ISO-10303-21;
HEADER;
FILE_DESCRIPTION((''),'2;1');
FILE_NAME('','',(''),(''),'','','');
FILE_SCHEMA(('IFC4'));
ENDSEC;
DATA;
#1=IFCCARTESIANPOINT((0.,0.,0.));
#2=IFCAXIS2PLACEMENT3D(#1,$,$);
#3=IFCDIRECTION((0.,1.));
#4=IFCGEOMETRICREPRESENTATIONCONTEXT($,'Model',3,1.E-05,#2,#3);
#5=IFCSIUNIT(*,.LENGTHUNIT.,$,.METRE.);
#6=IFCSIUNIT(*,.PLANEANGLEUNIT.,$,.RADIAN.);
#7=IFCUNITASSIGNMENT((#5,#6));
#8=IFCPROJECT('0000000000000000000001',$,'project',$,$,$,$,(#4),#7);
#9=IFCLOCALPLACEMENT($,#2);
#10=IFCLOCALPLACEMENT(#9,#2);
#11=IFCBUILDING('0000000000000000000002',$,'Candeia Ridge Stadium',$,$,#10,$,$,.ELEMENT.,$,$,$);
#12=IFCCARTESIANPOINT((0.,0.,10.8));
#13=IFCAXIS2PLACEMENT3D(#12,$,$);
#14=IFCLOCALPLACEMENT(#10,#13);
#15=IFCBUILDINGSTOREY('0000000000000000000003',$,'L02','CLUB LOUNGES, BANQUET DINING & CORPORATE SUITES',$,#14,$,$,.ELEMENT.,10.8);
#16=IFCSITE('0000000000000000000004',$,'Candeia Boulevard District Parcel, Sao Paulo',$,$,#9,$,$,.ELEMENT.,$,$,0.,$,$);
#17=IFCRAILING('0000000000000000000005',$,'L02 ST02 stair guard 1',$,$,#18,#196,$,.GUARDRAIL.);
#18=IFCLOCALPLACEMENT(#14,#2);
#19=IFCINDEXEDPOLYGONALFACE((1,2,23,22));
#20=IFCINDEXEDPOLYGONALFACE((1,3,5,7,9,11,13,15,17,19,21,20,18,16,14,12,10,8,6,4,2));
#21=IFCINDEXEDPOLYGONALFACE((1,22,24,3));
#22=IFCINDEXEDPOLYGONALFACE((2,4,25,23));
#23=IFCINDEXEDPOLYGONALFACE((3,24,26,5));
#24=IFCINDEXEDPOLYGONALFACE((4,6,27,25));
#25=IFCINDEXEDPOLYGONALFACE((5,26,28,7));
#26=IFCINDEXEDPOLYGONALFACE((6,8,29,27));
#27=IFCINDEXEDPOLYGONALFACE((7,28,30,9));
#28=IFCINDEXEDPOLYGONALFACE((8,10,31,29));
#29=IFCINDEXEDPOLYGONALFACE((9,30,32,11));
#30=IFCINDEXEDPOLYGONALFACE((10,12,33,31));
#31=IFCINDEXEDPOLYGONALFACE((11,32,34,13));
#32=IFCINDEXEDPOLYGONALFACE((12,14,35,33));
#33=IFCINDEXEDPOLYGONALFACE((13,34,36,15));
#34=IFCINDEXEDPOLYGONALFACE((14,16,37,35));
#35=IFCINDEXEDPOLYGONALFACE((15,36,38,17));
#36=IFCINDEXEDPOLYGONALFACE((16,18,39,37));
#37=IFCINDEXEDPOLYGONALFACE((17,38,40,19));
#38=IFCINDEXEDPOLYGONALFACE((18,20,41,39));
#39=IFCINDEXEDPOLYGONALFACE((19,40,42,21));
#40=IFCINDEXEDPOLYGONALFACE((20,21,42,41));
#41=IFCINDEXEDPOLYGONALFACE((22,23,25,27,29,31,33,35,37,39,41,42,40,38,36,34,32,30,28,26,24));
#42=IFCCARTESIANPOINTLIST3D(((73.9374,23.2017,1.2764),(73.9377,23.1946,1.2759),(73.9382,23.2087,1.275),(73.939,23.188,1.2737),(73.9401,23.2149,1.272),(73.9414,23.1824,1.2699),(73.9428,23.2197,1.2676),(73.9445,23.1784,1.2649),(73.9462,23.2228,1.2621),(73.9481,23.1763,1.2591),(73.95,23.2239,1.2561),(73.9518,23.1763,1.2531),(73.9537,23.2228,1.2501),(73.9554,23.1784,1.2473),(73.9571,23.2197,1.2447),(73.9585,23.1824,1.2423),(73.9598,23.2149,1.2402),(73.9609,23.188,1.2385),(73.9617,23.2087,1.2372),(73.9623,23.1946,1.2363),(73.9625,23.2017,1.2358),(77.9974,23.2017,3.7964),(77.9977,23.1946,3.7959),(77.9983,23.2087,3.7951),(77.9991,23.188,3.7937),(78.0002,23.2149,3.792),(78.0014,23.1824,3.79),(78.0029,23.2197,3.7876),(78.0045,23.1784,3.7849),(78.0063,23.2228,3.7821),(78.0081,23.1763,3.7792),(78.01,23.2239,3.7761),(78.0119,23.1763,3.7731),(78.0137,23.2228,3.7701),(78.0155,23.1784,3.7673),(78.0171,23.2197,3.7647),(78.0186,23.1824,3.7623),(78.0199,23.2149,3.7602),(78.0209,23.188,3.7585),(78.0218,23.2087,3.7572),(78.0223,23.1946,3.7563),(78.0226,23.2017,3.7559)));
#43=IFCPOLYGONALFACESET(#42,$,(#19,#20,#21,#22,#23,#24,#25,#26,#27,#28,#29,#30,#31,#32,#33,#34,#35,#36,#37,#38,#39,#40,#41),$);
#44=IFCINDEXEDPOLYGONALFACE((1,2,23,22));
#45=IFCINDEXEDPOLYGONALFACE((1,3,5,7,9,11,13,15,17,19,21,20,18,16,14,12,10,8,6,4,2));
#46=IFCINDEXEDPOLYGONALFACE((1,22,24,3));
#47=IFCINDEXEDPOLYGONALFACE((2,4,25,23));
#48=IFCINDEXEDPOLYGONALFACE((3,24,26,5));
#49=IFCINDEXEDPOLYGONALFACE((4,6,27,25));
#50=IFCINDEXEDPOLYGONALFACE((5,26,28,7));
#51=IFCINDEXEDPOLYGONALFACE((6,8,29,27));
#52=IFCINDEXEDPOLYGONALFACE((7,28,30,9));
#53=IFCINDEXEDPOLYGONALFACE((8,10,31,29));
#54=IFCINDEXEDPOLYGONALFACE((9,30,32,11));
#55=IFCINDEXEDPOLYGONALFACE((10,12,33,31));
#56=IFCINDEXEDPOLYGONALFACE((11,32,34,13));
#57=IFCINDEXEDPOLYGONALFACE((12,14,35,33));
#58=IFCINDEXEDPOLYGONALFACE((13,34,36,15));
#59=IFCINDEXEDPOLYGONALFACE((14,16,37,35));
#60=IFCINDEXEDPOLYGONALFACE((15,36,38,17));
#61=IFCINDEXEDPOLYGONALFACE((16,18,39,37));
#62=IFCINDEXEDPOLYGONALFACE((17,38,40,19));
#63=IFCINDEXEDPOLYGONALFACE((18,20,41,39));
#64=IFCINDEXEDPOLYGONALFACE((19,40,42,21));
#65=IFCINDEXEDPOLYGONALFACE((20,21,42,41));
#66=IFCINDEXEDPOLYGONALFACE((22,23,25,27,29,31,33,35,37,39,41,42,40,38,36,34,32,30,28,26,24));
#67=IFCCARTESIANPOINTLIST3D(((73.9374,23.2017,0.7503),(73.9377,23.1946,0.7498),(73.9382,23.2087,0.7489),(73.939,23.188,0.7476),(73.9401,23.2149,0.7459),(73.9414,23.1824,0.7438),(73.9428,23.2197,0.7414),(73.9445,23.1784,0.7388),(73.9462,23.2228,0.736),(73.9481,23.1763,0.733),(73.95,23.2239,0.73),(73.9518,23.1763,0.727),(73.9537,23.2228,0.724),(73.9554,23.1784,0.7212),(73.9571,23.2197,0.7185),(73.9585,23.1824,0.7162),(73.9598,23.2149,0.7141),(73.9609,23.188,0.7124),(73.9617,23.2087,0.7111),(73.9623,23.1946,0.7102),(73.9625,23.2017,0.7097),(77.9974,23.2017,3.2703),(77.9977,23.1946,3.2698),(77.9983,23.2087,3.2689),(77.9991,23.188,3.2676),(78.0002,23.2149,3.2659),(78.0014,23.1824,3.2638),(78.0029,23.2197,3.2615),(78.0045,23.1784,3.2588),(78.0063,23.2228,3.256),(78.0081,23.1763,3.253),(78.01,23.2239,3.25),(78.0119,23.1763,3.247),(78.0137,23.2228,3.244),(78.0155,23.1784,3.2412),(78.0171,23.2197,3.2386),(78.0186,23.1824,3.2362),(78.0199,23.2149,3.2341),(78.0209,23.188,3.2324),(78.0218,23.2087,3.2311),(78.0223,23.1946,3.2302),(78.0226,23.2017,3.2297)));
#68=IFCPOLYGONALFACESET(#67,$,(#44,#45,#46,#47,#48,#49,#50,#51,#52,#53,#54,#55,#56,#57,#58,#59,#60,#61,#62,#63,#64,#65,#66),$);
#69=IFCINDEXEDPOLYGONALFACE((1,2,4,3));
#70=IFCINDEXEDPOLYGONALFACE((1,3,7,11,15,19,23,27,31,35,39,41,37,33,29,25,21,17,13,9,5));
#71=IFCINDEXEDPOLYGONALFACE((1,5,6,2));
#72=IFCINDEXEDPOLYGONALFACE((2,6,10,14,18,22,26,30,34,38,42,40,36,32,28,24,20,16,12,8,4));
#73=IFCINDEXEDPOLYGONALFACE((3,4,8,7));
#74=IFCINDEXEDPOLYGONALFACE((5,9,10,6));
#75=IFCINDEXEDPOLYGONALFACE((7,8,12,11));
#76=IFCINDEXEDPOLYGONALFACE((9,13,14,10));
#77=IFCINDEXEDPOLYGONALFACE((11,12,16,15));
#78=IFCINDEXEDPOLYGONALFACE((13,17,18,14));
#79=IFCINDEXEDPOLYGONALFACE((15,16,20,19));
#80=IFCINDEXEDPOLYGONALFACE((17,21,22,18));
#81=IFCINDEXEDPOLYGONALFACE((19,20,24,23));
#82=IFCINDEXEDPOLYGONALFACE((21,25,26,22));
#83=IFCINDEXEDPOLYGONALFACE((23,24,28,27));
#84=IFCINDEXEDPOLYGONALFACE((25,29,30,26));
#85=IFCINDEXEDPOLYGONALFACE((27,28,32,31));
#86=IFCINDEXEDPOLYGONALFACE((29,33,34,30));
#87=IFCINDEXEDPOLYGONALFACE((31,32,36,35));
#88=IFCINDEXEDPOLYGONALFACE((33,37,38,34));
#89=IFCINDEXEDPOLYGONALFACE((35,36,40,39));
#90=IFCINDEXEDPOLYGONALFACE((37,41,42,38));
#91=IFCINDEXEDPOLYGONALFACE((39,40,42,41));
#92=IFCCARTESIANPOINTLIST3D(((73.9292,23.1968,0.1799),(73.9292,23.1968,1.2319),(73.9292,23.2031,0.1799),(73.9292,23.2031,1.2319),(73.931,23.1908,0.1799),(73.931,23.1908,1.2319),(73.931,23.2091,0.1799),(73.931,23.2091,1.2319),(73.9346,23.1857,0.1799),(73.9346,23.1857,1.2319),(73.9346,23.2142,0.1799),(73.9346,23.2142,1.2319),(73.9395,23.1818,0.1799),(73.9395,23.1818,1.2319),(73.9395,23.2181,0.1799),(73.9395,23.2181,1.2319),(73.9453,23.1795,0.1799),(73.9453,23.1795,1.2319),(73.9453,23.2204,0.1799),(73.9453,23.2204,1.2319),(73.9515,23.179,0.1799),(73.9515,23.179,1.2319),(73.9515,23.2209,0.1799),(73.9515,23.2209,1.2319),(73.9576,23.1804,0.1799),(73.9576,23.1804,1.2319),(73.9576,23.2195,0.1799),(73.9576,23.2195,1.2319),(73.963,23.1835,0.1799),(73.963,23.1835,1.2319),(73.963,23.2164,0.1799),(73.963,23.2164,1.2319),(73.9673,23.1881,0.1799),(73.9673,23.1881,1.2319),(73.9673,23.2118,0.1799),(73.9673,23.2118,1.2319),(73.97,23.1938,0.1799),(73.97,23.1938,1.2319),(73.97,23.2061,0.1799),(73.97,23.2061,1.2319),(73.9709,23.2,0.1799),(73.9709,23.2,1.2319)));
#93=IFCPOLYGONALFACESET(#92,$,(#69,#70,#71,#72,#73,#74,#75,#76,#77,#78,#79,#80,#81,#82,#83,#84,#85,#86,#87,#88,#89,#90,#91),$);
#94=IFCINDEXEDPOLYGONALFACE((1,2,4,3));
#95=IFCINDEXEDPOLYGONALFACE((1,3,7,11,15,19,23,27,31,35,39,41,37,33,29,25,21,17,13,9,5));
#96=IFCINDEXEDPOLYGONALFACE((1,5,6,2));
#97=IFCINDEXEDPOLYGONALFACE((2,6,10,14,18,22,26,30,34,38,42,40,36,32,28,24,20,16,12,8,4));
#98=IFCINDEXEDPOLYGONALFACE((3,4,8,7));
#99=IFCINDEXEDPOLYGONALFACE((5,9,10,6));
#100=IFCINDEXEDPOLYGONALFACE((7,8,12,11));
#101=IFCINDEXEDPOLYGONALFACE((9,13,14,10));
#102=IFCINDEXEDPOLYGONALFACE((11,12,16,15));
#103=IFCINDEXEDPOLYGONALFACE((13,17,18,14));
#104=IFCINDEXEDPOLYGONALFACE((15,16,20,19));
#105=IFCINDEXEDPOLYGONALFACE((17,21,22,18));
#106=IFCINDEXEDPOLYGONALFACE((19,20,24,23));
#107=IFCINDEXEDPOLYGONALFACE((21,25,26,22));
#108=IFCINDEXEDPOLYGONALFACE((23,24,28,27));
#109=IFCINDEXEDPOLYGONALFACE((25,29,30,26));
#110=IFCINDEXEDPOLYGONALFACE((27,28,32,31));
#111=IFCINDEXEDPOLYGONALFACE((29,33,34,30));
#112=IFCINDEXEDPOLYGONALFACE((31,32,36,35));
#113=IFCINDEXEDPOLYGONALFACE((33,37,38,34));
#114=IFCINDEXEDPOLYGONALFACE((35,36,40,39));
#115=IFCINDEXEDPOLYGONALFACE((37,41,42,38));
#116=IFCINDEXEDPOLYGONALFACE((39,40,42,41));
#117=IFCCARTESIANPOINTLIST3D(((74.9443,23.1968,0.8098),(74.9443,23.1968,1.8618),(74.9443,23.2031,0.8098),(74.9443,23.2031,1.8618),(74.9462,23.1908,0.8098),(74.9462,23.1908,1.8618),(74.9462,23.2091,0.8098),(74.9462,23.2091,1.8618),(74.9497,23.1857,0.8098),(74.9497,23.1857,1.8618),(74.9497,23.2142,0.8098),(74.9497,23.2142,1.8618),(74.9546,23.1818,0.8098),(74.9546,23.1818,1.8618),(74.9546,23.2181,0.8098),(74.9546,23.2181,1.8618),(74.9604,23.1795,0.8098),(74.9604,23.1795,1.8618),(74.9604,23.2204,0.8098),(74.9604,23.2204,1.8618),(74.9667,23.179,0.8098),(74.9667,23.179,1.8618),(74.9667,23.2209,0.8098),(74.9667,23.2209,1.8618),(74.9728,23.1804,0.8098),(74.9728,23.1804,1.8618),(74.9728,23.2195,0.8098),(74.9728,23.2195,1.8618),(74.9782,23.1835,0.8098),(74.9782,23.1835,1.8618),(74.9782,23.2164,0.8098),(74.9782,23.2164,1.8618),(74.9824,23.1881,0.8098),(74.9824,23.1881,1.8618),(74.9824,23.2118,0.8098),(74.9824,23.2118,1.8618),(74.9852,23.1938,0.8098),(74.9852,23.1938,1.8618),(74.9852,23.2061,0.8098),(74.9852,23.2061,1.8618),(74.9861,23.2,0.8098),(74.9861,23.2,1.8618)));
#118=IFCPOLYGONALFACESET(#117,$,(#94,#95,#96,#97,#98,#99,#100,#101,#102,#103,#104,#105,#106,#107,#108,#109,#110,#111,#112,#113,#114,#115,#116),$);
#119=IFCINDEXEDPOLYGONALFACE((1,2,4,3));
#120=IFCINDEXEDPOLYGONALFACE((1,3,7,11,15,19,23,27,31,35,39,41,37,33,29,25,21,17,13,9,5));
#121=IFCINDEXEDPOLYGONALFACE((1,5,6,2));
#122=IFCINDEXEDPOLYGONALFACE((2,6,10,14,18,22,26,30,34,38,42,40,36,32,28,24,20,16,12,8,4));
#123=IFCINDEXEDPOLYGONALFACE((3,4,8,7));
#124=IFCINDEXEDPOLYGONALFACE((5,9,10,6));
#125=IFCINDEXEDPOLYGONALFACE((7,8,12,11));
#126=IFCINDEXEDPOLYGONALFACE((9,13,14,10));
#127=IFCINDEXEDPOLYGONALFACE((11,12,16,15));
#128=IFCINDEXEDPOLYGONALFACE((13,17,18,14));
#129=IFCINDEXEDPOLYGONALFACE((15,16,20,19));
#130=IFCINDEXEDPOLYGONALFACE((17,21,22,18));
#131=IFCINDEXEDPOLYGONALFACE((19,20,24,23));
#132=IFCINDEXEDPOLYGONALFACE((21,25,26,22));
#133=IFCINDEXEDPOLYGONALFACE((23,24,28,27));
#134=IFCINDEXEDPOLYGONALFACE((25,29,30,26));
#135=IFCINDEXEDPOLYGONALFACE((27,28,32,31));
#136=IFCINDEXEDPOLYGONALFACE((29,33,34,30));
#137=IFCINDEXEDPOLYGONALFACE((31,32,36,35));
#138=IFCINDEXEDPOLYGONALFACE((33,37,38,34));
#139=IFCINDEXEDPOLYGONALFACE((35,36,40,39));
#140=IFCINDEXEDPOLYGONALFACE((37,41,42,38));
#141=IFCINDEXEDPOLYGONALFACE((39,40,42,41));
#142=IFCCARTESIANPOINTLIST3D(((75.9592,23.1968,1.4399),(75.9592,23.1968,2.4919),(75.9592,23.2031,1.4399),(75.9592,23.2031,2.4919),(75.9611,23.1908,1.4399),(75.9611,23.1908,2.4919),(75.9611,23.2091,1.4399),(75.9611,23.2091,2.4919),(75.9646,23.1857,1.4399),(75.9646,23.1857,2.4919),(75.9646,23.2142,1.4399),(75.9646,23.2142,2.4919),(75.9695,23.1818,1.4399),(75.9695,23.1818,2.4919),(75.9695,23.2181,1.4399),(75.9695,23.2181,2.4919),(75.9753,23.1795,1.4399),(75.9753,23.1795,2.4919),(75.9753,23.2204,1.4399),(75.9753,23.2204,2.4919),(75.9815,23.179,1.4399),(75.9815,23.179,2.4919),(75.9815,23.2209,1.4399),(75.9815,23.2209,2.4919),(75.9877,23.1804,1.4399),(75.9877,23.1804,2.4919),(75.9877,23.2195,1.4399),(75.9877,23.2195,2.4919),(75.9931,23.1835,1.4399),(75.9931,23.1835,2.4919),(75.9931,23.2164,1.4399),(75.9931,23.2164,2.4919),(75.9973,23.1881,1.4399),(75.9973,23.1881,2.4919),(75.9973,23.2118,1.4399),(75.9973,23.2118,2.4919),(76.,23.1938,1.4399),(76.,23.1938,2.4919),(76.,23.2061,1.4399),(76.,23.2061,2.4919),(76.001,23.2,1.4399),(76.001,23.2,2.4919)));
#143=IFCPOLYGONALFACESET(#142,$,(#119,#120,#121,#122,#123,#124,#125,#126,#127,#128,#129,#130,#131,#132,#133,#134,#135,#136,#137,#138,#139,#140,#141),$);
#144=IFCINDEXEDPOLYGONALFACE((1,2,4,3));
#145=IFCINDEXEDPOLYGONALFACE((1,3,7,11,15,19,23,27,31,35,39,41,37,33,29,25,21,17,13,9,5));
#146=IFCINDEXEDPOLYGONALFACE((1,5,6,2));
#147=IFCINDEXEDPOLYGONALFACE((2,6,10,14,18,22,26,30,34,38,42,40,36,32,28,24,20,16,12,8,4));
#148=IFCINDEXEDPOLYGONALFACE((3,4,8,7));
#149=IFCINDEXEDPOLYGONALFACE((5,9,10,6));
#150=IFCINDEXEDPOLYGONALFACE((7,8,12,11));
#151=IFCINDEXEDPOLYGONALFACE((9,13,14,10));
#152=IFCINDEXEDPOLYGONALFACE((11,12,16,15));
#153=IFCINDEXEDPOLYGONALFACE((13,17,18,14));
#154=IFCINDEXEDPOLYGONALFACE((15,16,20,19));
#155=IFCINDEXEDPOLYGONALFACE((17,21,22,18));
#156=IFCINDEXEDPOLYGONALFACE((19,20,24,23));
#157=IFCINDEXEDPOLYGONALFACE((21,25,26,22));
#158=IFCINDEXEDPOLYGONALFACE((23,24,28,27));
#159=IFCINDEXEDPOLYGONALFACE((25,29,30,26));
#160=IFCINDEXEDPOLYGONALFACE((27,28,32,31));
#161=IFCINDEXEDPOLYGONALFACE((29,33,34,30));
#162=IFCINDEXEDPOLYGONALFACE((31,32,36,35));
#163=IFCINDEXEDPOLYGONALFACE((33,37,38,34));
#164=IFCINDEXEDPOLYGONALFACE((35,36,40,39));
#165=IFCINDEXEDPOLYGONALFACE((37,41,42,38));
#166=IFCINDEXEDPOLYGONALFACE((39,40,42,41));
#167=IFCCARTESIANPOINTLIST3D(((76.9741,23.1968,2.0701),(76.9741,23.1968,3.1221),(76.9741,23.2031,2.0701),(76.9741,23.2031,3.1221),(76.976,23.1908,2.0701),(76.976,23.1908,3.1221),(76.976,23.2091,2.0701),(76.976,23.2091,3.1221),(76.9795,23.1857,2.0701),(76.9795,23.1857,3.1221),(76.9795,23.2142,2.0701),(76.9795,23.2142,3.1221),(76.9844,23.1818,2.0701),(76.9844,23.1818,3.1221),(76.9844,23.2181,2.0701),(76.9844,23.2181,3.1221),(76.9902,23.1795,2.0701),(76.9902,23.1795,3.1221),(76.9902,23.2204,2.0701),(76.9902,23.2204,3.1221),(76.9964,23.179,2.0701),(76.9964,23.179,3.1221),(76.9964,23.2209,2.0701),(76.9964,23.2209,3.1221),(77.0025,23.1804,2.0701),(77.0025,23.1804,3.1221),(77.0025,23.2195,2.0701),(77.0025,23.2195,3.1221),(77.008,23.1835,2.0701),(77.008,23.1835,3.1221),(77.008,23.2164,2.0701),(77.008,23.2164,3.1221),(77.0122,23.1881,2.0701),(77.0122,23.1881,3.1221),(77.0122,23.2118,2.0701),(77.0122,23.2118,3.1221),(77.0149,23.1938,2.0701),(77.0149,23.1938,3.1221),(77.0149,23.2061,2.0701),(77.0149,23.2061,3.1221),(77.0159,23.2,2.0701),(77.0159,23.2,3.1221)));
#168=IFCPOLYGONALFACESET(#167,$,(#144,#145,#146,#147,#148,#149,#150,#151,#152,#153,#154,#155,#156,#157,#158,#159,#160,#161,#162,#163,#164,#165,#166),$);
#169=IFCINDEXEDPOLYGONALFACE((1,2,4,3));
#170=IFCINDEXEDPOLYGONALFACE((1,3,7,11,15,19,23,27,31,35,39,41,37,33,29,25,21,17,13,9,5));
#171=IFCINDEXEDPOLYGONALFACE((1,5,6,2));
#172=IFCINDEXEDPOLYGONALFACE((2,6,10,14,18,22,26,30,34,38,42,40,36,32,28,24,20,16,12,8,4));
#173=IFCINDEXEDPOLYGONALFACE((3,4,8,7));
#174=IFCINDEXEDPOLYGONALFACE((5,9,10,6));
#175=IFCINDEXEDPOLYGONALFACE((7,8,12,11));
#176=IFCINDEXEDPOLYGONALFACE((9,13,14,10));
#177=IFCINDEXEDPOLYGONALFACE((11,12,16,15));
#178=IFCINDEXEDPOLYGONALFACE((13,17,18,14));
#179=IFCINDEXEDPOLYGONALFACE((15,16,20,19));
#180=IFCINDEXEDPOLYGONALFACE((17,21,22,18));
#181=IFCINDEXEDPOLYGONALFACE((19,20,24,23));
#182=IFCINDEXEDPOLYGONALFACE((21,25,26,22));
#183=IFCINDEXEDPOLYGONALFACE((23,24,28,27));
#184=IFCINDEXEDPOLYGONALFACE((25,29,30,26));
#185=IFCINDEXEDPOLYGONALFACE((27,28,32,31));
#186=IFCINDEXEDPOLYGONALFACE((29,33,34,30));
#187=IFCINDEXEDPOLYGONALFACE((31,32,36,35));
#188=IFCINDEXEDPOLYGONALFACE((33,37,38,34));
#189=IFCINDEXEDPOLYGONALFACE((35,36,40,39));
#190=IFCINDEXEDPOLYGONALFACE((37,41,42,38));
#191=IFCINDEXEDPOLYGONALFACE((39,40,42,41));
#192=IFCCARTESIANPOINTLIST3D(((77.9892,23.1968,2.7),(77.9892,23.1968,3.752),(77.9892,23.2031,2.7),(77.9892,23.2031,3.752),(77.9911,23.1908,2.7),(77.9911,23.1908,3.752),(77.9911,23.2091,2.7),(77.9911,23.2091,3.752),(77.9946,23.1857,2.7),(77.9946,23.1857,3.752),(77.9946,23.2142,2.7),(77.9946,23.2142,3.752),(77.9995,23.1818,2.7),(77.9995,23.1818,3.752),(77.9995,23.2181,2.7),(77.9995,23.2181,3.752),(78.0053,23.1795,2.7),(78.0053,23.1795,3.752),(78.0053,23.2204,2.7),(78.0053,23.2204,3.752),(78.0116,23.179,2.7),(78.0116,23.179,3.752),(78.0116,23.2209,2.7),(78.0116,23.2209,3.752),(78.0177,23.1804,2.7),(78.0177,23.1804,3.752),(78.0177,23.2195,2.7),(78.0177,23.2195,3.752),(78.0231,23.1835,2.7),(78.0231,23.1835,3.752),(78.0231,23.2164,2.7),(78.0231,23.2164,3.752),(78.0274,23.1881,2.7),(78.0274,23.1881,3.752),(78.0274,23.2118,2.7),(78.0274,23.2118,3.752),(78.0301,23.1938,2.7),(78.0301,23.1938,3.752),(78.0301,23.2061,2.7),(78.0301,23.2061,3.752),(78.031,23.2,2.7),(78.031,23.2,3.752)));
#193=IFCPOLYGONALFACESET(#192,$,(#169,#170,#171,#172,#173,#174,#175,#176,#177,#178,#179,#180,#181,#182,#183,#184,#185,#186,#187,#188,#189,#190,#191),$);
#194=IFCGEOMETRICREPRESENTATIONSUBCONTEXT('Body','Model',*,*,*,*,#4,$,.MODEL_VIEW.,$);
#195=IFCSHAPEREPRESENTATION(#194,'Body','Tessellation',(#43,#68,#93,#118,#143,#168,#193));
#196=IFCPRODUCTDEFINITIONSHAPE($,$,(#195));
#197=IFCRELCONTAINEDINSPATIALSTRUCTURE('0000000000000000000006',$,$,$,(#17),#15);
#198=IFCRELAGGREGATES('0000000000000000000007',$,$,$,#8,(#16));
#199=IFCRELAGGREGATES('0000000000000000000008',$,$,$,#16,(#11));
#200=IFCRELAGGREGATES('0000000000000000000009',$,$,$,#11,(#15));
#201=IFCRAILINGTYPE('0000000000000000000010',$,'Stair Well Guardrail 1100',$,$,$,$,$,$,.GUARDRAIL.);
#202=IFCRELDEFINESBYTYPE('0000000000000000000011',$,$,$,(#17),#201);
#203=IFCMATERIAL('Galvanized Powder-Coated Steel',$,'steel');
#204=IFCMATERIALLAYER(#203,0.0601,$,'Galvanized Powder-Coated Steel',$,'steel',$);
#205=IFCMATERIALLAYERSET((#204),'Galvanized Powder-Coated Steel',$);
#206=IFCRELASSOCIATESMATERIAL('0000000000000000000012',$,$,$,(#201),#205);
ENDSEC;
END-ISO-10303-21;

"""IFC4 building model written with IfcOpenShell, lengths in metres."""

from ifc_helpers import new_model, si_unit, direction, frame, origin, origin_2d, place, context, subcontext, project, spatial, circle, extrude, material, layer, layer_set, type_object, element, save


model = new_model("IFC4")

# Units and contexts
model_context = context("Model", 3, precision=1e-05, world=origin(), true_north=direction((0.0, 1.0)))
body_context = subcontext(model_context, "Body", "Model", "MODEL_VIEW")
ifc_project = project(units=[si_unit("LENGTHUNIT", "METRE"), si_unit("PLANEANGLEUNIT", "RADIAN")], contexts=[model_context])

# Site, building, storey
site_placement = place(None, origin())
site = spatial("IfcSite", under=ifc_project, at=site_placement, Name="Candeia Boulevard District Parcel, Sao Paulo", CompositionType="ELEMENT", RefElevation=0.0)
building_placement = place(site_placement, origin())
building = spatial("IfcBuilding", under=site, at=building_placement, Name="Candeia Ridge Stadium", CompositionType="ELEMENT")
storey_placement = place(building_placement, frame((0.0, 0.0, 10.8)))
storey = spatial("IfcBuildingStorey", under=building, at=storey_placement, Name="L02", Description="CLUB LOUNGES, BANQUET DINING & CORPORATE SUITES", CompositionType="ELEMENT", Elevation=10.8)

# Railing
ifc_material_1 = material(Name="Galvanized Powder-Coated Steel", Category="steel")
ifc_layer_1 = layer(ifc_material_1, 0.0601, Name="Galvanized Powder-Coated Steel", Category="steel")
ifc_layer_set_1 = layer_set([ifc_layer_1], Name="Galvanized Powder-Coated Steel")
railing_type_1 = type_object("IfcRailingType", Name="Stair Well Guardrail 1100", PredefinedType="GUARDRAIL", material=ifc_layer_set_1)
railing_1_placement = place(storey_placement, frame((73.95, 23.2, 0.1799)))
element("IfcRailing", 1, at=railing_1_placement, inside=storey, type_object=railing_type_1, Name="L02 ST02 stair guard 1", PredefinedType="GUARDRAIL", context=body_context, shape_type="SweptSolid", body=[
    extrude(circle(Radius=0.0239, at=origin_2d()), frame((0.0, 0.0, 1.0762), z_axis=(0.849642, 0.0, 0.52736), x_axis=(0.0, 1.0, 0.0)), (0.0, 0.0, 1.0), 4.7786),
    extrude(circle(Radius=0.0239, at=origin_2d()), frame((0.0, 0.0, 0.55), z_axis=(0.849642, 0.0, 0.52736), x_axis=(0.0, 1.0, 0.0)), (0.0, 0.0, 1.0), 4.7786),
    extrude(circle(Radius=0.021, at=origin_2d()), origin(), (0.0, 0.0, 1.0), 1.052),
    extrude(circle(Radius=0.021, at=origin_2d()), frame((1.0151, 0.0, 0.6299)), (0.0, 0.0, 1.0), 1.052),
    extrude(circle(Radius=0.021, at=origin_2d()), frame((2.03, 0.0, 1.26)), (0.0, 0.0, 1.0), 1.052),
    extrude(circle(Radius=0.021, at=origin_2d()), frame((3.0449, 0.0, 1.8901)), (0.0, 0.0, 1.0), 1.052),
    extrude(circle(Radius=0.021, at=origin_2d()), frame((4.0601, 0.0, 2.52)), (0.0, 0.0, 1.0), 1.052),
])

save(model, "model.ifc")
